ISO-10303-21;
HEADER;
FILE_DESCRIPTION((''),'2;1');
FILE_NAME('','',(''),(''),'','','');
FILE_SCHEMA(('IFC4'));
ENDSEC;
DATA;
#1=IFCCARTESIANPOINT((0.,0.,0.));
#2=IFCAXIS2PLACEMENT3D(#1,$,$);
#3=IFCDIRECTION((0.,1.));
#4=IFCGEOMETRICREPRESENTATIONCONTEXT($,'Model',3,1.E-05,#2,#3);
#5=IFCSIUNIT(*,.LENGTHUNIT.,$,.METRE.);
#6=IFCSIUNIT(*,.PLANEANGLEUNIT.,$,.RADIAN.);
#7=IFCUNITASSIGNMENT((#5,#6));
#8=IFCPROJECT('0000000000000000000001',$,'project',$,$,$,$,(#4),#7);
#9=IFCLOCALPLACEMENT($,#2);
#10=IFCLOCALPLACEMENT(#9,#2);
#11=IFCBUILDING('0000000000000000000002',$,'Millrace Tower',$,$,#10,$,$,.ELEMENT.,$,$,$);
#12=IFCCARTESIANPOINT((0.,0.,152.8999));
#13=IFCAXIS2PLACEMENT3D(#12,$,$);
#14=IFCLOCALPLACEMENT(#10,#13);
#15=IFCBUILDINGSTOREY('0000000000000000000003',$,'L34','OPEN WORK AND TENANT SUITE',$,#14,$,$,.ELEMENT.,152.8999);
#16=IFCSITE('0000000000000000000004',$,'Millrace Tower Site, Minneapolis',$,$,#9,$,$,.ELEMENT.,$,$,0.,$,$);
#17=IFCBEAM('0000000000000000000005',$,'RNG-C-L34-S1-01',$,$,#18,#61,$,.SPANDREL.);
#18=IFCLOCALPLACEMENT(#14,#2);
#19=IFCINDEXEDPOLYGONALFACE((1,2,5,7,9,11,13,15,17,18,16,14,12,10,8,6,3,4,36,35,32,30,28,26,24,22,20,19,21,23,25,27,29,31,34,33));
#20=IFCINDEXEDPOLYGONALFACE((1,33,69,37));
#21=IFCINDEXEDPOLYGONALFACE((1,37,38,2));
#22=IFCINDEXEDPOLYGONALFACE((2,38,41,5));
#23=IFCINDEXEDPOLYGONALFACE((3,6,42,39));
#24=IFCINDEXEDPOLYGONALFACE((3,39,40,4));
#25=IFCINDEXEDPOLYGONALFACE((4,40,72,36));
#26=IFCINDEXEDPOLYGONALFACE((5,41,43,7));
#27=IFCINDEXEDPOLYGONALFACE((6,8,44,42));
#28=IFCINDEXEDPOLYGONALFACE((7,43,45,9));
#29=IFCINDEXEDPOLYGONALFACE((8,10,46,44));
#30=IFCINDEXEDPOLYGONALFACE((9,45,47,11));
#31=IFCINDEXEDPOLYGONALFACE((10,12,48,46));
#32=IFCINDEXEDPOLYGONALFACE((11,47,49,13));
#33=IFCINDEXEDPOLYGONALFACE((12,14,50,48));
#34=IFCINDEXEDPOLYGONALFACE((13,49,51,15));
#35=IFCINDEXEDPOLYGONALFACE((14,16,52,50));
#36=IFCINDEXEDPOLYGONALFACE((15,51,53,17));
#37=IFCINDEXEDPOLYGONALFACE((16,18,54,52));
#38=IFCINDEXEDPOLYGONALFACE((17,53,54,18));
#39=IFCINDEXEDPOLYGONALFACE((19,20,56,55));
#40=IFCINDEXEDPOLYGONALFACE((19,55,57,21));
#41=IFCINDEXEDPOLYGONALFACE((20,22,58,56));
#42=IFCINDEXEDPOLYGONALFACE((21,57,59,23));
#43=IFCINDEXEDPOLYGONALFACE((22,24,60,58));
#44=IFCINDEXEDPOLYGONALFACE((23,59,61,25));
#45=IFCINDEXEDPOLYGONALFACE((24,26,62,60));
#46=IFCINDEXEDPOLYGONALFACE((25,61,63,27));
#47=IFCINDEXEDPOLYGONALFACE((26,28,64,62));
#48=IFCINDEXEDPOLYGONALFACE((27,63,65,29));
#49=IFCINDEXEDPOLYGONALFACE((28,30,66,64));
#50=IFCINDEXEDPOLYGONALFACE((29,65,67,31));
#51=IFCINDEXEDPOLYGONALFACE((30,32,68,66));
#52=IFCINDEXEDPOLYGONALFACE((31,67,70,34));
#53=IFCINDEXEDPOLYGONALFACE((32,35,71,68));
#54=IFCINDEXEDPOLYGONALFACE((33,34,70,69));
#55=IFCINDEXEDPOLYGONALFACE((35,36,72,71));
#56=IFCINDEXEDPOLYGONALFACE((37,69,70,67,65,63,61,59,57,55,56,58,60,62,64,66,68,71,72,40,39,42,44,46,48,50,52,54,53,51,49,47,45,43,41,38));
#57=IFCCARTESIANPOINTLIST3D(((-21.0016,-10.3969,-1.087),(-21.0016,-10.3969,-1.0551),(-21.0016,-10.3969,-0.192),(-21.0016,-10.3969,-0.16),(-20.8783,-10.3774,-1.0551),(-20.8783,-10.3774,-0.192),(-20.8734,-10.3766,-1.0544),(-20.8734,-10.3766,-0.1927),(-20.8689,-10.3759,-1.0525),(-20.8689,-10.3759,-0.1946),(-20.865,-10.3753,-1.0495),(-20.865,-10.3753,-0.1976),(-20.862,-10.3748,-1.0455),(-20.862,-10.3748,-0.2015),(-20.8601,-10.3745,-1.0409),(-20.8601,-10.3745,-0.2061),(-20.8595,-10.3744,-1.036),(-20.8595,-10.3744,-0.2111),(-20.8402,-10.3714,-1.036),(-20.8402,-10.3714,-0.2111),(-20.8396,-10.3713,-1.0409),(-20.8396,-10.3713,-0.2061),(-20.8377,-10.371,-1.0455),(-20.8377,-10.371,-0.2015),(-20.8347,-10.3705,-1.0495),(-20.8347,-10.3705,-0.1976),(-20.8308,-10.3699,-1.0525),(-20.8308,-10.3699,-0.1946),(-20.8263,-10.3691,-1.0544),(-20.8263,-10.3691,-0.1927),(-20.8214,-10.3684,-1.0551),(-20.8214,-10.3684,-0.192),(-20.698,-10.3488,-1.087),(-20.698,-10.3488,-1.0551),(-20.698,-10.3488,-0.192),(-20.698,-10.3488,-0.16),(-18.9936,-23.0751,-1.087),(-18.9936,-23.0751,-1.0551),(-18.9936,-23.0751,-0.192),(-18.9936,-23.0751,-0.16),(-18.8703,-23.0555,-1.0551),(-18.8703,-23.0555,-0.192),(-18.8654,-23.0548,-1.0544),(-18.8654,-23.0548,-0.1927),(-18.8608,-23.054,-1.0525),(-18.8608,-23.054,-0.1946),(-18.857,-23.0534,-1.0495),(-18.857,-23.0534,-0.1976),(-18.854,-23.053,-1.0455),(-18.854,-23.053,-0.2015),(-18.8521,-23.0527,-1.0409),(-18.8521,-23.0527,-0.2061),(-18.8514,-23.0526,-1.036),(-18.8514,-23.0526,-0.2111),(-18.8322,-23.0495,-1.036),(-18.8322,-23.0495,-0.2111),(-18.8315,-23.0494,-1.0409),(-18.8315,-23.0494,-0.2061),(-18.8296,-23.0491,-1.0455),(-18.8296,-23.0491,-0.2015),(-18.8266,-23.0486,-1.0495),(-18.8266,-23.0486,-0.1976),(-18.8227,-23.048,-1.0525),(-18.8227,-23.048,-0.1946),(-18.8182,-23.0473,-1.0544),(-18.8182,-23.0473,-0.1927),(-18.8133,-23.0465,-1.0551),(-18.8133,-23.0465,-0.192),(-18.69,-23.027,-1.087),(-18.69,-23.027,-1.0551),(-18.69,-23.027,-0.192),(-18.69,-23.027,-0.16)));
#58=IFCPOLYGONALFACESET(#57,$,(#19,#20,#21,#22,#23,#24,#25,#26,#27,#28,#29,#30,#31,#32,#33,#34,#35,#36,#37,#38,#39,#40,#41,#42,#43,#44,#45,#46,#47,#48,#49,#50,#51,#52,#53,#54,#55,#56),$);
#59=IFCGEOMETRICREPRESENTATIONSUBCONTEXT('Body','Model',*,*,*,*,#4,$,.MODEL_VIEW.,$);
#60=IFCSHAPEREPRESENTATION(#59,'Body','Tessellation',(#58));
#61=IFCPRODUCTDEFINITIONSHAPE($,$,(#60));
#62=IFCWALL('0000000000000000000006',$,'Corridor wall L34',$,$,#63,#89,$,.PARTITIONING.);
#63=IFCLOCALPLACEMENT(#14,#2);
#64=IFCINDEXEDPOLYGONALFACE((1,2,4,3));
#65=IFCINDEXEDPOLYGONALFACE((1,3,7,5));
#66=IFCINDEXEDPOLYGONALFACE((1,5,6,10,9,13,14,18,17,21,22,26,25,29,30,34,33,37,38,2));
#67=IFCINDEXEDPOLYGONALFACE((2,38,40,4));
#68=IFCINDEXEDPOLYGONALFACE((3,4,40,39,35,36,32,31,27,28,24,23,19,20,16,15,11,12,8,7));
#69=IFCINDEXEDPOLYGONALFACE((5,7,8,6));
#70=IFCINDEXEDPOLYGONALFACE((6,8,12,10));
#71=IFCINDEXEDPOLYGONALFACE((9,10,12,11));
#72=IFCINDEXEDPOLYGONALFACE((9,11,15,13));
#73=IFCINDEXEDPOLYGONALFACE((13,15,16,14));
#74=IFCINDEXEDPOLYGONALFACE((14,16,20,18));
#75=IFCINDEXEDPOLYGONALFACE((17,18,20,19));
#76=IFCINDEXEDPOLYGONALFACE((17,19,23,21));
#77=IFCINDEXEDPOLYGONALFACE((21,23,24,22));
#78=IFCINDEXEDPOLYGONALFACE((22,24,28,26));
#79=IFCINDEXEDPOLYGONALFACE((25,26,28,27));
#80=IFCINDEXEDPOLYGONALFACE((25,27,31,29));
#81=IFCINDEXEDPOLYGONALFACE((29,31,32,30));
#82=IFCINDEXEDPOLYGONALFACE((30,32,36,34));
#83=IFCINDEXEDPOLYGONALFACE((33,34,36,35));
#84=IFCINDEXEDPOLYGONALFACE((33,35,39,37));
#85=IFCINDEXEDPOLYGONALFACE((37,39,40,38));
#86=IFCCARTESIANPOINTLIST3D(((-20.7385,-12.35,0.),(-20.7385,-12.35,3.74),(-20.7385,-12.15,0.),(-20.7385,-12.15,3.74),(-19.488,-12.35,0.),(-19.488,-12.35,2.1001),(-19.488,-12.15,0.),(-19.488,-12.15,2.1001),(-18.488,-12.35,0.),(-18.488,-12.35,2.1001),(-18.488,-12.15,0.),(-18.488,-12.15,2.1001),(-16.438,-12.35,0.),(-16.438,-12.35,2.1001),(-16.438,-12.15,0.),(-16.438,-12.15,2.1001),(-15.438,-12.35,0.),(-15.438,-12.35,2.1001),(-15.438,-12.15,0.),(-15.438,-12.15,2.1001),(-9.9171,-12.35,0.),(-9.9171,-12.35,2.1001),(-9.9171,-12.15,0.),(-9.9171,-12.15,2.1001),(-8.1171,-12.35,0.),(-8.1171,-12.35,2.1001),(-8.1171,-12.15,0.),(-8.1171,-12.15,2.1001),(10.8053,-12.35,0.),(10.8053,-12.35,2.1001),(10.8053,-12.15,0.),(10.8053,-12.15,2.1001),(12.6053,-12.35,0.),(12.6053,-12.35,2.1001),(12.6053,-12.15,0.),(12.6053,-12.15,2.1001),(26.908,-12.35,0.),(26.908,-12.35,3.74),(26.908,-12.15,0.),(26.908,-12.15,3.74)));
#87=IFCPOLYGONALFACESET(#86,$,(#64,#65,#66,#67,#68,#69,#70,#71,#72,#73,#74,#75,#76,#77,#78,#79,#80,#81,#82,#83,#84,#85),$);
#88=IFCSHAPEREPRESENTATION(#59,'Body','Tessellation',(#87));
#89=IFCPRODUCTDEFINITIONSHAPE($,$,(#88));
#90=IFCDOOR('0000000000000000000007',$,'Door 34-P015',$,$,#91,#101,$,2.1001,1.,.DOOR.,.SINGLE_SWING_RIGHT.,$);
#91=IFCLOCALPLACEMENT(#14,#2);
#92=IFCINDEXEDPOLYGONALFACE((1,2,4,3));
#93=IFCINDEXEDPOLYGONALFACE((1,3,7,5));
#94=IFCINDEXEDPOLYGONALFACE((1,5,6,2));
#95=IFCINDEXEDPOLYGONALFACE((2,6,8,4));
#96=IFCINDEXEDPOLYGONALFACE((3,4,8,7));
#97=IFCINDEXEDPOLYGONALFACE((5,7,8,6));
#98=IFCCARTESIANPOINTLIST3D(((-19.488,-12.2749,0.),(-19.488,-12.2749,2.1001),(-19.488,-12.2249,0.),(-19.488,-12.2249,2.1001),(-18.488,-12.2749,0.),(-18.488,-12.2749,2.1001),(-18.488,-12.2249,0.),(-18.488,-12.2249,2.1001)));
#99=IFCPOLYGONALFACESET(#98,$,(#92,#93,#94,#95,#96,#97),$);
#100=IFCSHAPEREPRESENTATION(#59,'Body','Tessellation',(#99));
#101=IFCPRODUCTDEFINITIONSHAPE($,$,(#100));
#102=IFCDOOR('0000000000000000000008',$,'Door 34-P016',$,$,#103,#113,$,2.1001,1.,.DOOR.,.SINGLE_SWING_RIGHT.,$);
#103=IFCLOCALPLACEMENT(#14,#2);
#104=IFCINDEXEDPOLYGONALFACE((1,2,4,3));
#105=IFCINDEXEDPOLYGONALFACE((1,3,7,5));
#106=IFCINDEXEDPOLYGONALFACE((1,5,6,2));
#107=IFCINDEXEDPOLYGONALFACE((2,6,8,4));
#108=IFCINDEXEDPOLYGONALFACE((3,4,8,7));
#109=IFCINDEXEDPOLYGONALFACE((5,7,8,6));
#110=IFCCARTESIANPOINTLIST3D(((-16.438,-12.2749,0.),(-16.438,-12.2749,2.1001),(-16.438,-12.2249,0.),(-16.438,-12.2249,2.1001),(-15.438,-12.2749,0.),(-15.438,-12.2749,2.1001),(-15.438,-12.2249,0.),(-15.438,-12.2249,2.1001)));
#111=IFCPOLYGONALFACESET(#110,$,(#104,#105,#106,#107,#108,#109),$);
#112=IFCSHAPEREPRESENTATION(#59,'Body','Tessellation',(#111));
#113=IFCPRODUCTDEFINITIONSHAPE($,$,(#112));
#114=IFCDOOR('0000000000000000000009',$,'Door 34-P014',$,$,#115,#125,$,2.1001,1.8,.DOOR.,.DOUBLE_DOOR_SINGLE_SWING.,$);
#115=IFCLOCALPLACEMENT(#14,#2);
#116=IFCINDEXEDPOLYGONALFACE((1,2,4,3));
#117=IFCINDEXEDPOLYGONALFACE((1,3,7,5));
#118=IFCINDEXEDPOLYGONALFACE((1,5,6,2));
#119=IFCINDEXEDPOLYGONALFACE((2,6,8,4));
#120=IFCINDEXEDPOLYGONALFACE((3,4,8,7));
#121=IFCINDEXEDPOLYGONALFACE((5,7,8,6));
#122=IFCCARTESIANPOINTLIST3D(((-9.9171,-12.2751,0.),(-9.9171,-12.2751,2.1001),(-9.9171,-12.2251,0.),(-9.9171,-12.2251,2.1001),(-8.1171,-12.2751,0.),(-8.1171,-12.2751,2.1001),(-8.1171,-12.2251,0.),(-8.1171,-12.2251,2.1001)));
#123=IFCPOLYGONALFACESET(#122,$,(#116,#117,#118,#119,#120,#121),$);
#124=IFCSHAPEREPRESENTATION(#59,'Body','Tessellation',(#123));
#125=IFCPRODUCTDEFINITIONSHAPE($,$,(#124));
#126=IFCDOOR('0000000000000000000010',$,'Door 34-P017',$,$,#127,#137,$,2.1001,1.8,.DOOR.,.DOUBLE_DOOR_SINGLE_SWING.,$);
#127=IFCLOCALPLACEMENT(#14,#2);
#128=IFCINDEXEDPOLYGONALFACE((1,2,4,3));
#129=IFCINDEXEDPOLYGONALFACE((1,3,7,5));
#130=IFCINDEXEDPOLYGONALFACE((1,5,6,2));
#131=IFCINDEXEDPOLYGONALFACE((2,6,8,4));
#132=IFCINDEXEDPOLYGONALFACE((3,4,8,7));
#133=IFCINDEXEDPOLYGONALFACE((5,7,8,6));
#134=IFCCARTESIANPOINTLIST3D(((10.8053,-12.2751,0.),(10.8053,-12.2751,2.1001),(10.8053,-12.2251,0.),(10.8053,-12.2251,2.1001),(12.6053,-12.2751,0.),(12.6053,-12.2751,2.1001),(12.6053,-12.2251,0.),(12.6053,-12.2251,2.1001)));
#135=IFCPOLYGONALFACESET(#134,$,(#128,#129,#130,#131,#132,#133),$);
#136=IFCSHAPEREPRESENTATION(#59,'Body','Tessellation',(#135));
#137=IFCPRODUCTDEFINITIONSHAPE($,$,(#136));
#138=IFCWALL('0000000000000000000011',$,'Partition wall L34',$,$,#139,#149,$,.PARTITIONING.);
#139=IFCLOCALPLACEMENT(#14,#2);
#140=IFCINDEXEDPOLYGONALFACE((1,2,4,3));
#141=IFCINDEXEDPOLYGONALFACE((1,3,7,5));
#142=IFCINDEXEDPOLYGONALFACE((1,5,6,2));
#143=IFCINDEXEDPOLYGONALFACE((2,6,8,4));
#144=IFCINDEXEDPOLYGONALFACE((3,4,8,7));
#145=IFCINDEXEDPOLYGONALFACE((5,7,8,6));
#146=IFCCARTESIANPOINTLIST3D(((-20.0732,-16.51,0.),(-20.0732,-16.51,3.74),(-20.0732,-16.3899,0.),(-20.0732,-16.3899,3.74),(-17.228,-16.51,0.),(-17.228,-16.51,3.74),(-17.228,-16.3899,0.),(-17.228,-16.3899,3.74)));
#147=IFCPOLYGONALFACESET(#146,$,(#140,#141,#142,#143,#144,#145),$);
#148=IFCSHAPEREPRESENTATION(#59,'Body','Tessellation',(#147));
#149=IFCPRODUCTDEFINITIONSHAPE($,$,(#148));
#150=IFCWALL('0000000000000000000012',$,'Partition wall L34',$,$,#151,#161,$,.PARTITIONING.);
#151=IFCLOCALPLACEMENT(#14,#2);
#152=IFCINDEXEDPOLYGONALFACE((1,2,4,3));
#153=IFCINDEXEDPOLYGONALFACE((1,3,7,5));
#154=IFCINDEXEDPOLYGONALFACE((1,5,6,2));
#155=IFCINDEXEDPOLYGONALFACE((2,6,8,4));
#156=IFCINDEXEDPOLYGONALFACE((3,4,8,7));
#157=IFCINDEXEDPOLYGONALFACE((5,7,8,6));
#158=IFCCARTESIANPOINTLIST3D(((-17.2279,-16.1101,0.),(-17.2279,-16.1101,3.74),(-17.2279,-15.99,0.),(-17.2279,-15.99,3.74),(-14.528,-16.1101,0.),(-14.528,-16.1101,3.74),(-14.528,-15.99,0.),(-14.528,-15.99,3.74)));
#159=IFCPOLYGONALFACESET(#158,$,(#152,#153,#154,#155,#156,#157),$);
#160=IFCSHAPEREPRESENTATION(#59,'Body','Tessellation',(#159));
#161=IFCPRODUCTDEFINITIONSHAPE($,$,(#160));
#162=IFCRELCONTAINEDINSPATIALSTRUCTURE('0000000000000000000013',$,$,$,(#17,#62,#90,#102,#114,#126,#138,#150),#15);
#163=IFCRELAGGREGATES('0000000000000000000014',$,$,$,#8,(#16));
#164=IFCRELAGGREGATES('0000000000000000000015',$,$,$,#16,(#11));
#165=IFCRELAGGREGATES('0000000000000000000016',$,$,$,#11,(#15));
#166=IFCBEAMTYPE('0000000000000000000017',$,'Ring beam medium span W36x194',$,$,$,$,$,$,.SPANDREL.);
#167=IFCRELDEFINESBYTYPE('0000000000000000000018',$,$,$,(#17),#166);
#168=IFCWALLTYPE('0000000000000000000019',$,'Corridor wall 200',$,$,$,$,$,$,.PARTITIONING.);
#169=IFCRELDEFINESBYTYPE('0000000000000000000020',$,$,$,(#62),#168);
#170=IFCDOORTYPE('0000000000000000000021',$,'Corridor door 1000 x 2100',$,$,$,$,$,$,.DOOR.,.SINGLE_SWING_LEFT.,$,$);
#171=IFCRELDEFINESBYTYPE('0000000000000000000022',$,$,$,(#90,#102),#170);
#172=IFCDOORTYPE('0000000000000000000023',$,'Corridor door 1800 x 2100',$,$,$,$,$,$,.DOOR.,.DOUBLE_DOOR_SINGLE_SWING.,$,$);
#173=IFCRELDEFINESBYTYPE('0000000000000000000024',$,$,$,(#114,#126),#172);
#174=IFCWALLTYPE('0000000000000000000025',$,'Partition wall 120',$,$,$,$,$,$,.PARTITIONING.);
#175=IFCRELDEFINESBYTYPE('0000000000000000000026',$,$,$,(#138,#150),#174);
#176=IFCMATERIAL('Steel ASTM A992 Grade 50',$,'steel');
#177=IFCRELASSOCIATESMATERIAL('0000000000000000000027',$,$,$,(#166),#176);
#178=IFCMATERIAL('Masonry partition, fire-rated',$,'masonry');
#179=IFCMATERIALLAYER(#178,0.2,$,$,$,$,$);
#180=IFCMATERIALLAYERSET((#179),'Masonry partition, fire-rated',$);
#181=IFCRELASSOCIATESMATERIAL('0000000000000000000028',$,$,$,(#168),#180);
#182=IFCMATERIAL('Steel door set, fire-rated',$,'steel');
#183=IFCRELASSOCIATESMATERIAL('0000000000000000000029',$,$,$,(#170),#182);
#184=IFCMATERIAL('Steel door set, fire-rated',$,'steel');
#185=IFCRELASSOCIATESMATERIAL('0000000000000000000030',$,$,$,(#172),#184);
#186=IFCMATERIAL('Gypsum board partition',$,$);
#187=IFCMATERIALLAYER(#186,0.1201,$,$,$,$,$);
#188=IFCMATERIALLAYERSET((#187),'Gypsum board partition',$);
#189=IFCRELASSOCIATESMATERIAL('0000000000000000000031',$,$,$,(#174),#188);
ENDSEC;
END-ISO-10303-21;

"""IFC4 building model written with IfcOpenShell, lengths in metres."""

from ifc_helpers import new_model, si_unit, direction, frame, frame_2d, origin, origin_2d, place, context, subcontext, project, spatial, rectangle, i_section, extrude, material, layer, layer_set, material_profile, profile_set, type_object, element, fill, save


model = new_model("IFC4")

# Units and contexts
model_context = context("Model", 3, precision=1e-05, world=origin(), true_north=direction((0.0, 1.0)))
body_context = subcontext(model_context, "Body", "Model", "MODEL_VIEW")
ifc_project = project(units=[si_unit("LENGTHUNIT", "METRE"), si_unit("PLANEANGLEUNIT", "RADIAN")], contexts=[model_context])

# Site, building, storey
site_placement = place(None, origin())
site = spatial("IfcSite", under=ifc_project, at=site_placement, Name="Millrace Tower Site, Minneapolis", CompositionType="ELEMENT", RefElevation=0.0)
building_placement = place(site_placement, origin())
building = spatial("IfcBuilding", under=site, at=building_placement, Name="Millrace Tower", CompositionType="ELEMENT")
storey_placement = place(building_placement, frame((0.0, 0.0, 152.8999)))
storey = spatial("IfcBuildingStorey", under=building, at=storey_placement, Name="L34", Description="OPEN WORK AND TENANT SUITE", CompositionType="ELEMENT", Elevation=152.8999)

# Beam
ifc_material_1 = material(Name="Steel ASTM A992 Grade 50", Category="steel")
ifc_material_profile_1 = material_profile(ifc_material_1, i_section(OverallWidth=0.3074, OverallDepth=0.927, WebThickness=0.0195, FlangeThickness=0.032, FilletRadius=0.019, at=origin_2d()))
ifc_profile_set_1 = profile_set([ifc_material_profile_1], Name="Steel ASTM A992 Grade 50")
beam_type_1 = type_object("IfcBeamType", Name="Ring beam medium span W36x194", PredefinedType="SPANDREL", material=ifc_profile_set_1)
beam_1_placement = place(storey_placement, frame((-18.8418, -23.051, -0.6235), z_axis=(-0.156436, 0.987688, 0.0), x_axis=(-0.987688, -0.156436, 0.0)))
element("IfcBeam", 1, at=beam_1_placement, inside=storey, type_object=beam_type_1, Name="RNG-C-L34-S1-01", PredefinedType="SPANDREL", context=body_context, shape_type="SweptSolid", body=[
    extrude(i_section(OverallWidth=0.3074, OverallDepth=0.927, WebThickness=0.0195, FlangeThickness=0.032, FilletRadius=0.019, at=origin_2d()), origin(), (0.0, 0.0, 1.0), 12.8362),
])

# Wall, openings, doors
ifc_material_2 = material(Name="Masonry partition, fire-rated", Category="masonry")
ifc_layer_1 = layer(ifc_material_2, 0.2)
ifc_layer_set_1 = layer_set([ifc_layer_1], Name="Masonry partition, fire-rated")
wall_type_1 = type_object("IfcWallType", Name="Corridor wall 200", PredefinedType="PARTITIONING", material=ifc_layer_set_1)
wall_1_placement = place(storey_placement, frame((-20.7385, -12.25, 0.0), z_axis=(0.0, 0.0, 1.0), x_axis=(1.0, 0.0, 0.0)))
wall_1 = element("IfcWall", 2, at=wall_1_placement, inside=storey, type_object=wall_type_1, Name="Corridor wall L34", PredefinedType="PARTITIONING", context=body_context, shape_type="SweptSolid", body=[
    extrude(rectangle(XDim=47.6465, YDim=0.2, at=frame_2d((23.8232, 0.0))), origin(), (0.0, 0.0, 1.0), 3.74),
])
opening_1_placement = place(wall_1_placement, frame((10.8215, 0.0, 0.0)))
opening_1 = element("IfcOpeningElement", 3, at=opening_1_placement, cuts=wall_1, PredefinedType="OPENING", context=body_context, shape_type="SweptSolid", body=[
    extrude(rectangle(XDim=1.8, YDim=2.1001, at=frame_2d((0.8999, 1.05))), frame((0.0, 0.1099, 0.0), z_axis=(0.0, -1.0, 0.0), x_axis=(1.0, 0.0, 0.0)), (0.0, 0.0, 1.0), 0.22),
])
opening_2_placement = place(wall_1_placement, frame((1.2505, 0.0, 0.0)))
opening_2 = element("IfcOpeningElement", 4, at=opening_2_placement, cuts=wall_1, PredefinedType="OPENING", context=body_context, shape_type="SweptSolid", body=[
    extrude(rectangle(XDim=1.0, YDim=2.1001, at=frame_2d((0.5, 1.05))), frame((0.0, 0.1099, 0.0), z_axis=(0.0, -1.0, 0.0), x_axis=(1.0, 0.0, 0.0)), (0.0, 0.0, 1.0), 0.22),
])
opening_3_placement = place(wall_1_placement, frame((4.3005, 0.0, 0.0)))
opening_3 = element("IfcOpeningElement", 5, at=opening_3_placement, cuts=wall_1, PredefinedType="OPENING", context=body_context, shape_type="SweptSolid", body=[
    extrude(rectangle(XDim=1.0, YDim=2.1001, at=frame_2d((0.5, 1.05))), frame((0.0, 0.1099, 0.0), z_axis=(0.0, -1.0, 0.0), x_axis=(1.0, 0.0, 0.0)), (0.0, 0.0, 1.0), 0.22),
])
opening_4_placement = place(wall_1_placement, frame((31.5439, 0.0, 0.0)))
opening_4 = element("IfcOpeningElement", 6, at=opening_4_placement, cuts=wall_1, PredefinedType="OPENING", context=body_context, shape_type="SweptSolid", body=[
    extrude(rectangle(XDim=1.8, YDim=2.1001, at=frame_2d((0.8999, 1.05))), frame((0.0, 0.1099, 0.0), z_axis=(0.0, -1.0, 0.0), x_axis=(1.0, 0.0, 0.0)), (0.0, 0.0, 1.0), 0.22),
])
ifc_material_3 = material(Name="Steel door set, fire-rated", Category="steel")
door_type_1 = type_object("IfcDoorType", Name="Corridor door 1000 x 2100", OperationType="SINGLE_SWING_LEFT", PredefinedType="DOOR", material=ifc_material_3)
door_1_placement = place(opening_2_placement, frame((1.0, 0.0, 0.0), z_axis=(0.0, 0.0, 1.0), x_axis=(-1.0, 0.0, 0.0)))
door_1 = element("IfcDoor", 7, at=door_1_placement, inside=storey, type_object=door_type_1, Name="Door 34-P015", OperationType="SINGLE_SWING_RIGHT", OverallHeight=2.1001, OverallWidth=1.0, PredefinedType="DOOR", context=body_context, shape_type="SweptSolid", body=[
    extrude(rectangle(XDim=1.0, YDim=2.1001, at=frame_2d((0.5, 1.05))), frame((0.0, 0.0249, 0.0), z_axis=(0.0, -1.0, 0.0), x_axis=(1.0, 0.0, 0.0)), (0.0, 0.0, 1.0), 0.05),
])
fill(opening_2, door_1)
door_2_placement = place(opening_3_placement, frame((1.0, 0.0, 0.0), z_axis=(0.0, 0.0, 1.0), x_axis=(-1.0, 0.0, 0.0)))
door_2 = element("IfcDoor", 8, at=door_2_placement, inside=storey, type_object=door_type_1, Name="Door 34-P016", OperationType="SINGLE_SWING_RIGHT", OverallHeight=2.1001, OverallWidth=1.0, PredefinedType="DOOR", context=body_context, shape_type="SweptSolid", body=[
    extrude(rectangle(XDim=1.0, YDim=2.1001, at=frame_2d((0.5, 1.05))), frame((0.0, 0.0249, 0.0), z_axis=(0.0, -1.0, 0.0), x_axis=(1.0, 0.0, 0.0)), (0.0, 0.0, 1.0), 0.05),
])
fill(opening_3, door_2)
ifc_material_4 = material(Name="Steel door set, fire-rated", Category="steel")
door_type_2 = type_object("IfcDoorType", Name="Corridor door 1800 x 2100", OperationType="DOUBLE_DOOR_SINGLE_SWING", PredefinedType="DOOR", material=ifc_material_4)
door_3_placement = place(opening_1_placement, origin())
door_3 = element("IfcDoor", 9, at=door_3_placement, inside=storey, type_object=door_type_2, Name="Door 34-P014", OperationType="DOUBLE_DOOR_SINGLE_SWING", OverallHeight=2.1001, OverallWidth=1.8, PredefinedType="DOOR", context=body_context, shape_type="SweptSolid", body=[
    extrude(rectangle(XDim=1.8, YDim=2.1001, at=frame_2d((0.8999, 1.05))), frame((0.0, 0.0249, 0.0), z_axis=(0.0, -1.0, 0.0), x_axis=(1.0, 0.0, 0.0)), (0.0, 0.0, 1.0), 0.05),
])
fill(opening_1, door_3)
door_4_placement = place(opening_4_placement, origin())
door_4 = element("IfcDoor", 10, at=door_4_placement, inside=storey, type_object=door_type_2, Name="Door 34-P017", OperationType="DOUBLE_DOOR_SINGLE_SWING", OverallHeight=2.1001, OverallWidth=1.8, PredefinedType="DOOR", context=body_context, shape_type="SweptSolid", body=[
    extrude(rectangle(XDim=1.8, YDim=2.1001, at=frame_2d((0.8999, 1.05))), frame((0.0, 0.0249, 0.0), z_axis=(0.0, -1.0, 0.0), x_axis=(1.0, 0.0, 0.0)), (0.0, 0.0, 1.0), 0.05),
])
fill(opening_4, door_4)

# Walls
ifc_material_5 = material(Name="Gypsum board partition")
ifc_layer_2 = layer(ifc_material_5, 0.1201)
ifc_layer_set_2 = layer_set([ifc_layer_2], Name="Gypsum board partition")
wall_type_2 = type_object("IfcWallType", Name="Partition wall 120", PredefinedType="PARTITIONING", material=ifc_layer_set_2)
wall_2_placement = place(storey_placement, frame((-20.0732, -16.45, 0.0), z_axis=(0.0, 0.0, 1.0), x_axis=(1.0, 0.0, 0.0)))
element("IfcWall", 11, at=wall_2_placement, inside=storey, type_object=wall_type_2, Name="Partition wall L34", PredefinedType="PARTITIONING", context=body_context, shape_type="SweptSolid", body=[
    extrude(rectangle(XDim=2.8452, YDim=0.1201, at=frame_2d((1.4226, 0.0))), origin(), (0.0, 0.0, 1.0), 3.74),
])
wall_3_placement = place(storey_placement, frame((-17.228, -16.05, 0.0), z_axis=(0.0, 0.0, 1.0), x_axis=(1.0, 0.0, 0.0)))
element("IfcWall", 12, at=wall_3_placement, inside=storey, type_object=wall_type_2, Name="Partition wall L34", PredefinedType="PARTITIONING", context=body_context, shape_type="SweptSolid", body=[
    extrude(rectangle(XDim=2.7, YDim=0.1201, at=frame_2d((1.3501, 0.0))), origin(), (0.0, 0.0, 1.0), 3.74),
])

save(model, "model.ifc")
